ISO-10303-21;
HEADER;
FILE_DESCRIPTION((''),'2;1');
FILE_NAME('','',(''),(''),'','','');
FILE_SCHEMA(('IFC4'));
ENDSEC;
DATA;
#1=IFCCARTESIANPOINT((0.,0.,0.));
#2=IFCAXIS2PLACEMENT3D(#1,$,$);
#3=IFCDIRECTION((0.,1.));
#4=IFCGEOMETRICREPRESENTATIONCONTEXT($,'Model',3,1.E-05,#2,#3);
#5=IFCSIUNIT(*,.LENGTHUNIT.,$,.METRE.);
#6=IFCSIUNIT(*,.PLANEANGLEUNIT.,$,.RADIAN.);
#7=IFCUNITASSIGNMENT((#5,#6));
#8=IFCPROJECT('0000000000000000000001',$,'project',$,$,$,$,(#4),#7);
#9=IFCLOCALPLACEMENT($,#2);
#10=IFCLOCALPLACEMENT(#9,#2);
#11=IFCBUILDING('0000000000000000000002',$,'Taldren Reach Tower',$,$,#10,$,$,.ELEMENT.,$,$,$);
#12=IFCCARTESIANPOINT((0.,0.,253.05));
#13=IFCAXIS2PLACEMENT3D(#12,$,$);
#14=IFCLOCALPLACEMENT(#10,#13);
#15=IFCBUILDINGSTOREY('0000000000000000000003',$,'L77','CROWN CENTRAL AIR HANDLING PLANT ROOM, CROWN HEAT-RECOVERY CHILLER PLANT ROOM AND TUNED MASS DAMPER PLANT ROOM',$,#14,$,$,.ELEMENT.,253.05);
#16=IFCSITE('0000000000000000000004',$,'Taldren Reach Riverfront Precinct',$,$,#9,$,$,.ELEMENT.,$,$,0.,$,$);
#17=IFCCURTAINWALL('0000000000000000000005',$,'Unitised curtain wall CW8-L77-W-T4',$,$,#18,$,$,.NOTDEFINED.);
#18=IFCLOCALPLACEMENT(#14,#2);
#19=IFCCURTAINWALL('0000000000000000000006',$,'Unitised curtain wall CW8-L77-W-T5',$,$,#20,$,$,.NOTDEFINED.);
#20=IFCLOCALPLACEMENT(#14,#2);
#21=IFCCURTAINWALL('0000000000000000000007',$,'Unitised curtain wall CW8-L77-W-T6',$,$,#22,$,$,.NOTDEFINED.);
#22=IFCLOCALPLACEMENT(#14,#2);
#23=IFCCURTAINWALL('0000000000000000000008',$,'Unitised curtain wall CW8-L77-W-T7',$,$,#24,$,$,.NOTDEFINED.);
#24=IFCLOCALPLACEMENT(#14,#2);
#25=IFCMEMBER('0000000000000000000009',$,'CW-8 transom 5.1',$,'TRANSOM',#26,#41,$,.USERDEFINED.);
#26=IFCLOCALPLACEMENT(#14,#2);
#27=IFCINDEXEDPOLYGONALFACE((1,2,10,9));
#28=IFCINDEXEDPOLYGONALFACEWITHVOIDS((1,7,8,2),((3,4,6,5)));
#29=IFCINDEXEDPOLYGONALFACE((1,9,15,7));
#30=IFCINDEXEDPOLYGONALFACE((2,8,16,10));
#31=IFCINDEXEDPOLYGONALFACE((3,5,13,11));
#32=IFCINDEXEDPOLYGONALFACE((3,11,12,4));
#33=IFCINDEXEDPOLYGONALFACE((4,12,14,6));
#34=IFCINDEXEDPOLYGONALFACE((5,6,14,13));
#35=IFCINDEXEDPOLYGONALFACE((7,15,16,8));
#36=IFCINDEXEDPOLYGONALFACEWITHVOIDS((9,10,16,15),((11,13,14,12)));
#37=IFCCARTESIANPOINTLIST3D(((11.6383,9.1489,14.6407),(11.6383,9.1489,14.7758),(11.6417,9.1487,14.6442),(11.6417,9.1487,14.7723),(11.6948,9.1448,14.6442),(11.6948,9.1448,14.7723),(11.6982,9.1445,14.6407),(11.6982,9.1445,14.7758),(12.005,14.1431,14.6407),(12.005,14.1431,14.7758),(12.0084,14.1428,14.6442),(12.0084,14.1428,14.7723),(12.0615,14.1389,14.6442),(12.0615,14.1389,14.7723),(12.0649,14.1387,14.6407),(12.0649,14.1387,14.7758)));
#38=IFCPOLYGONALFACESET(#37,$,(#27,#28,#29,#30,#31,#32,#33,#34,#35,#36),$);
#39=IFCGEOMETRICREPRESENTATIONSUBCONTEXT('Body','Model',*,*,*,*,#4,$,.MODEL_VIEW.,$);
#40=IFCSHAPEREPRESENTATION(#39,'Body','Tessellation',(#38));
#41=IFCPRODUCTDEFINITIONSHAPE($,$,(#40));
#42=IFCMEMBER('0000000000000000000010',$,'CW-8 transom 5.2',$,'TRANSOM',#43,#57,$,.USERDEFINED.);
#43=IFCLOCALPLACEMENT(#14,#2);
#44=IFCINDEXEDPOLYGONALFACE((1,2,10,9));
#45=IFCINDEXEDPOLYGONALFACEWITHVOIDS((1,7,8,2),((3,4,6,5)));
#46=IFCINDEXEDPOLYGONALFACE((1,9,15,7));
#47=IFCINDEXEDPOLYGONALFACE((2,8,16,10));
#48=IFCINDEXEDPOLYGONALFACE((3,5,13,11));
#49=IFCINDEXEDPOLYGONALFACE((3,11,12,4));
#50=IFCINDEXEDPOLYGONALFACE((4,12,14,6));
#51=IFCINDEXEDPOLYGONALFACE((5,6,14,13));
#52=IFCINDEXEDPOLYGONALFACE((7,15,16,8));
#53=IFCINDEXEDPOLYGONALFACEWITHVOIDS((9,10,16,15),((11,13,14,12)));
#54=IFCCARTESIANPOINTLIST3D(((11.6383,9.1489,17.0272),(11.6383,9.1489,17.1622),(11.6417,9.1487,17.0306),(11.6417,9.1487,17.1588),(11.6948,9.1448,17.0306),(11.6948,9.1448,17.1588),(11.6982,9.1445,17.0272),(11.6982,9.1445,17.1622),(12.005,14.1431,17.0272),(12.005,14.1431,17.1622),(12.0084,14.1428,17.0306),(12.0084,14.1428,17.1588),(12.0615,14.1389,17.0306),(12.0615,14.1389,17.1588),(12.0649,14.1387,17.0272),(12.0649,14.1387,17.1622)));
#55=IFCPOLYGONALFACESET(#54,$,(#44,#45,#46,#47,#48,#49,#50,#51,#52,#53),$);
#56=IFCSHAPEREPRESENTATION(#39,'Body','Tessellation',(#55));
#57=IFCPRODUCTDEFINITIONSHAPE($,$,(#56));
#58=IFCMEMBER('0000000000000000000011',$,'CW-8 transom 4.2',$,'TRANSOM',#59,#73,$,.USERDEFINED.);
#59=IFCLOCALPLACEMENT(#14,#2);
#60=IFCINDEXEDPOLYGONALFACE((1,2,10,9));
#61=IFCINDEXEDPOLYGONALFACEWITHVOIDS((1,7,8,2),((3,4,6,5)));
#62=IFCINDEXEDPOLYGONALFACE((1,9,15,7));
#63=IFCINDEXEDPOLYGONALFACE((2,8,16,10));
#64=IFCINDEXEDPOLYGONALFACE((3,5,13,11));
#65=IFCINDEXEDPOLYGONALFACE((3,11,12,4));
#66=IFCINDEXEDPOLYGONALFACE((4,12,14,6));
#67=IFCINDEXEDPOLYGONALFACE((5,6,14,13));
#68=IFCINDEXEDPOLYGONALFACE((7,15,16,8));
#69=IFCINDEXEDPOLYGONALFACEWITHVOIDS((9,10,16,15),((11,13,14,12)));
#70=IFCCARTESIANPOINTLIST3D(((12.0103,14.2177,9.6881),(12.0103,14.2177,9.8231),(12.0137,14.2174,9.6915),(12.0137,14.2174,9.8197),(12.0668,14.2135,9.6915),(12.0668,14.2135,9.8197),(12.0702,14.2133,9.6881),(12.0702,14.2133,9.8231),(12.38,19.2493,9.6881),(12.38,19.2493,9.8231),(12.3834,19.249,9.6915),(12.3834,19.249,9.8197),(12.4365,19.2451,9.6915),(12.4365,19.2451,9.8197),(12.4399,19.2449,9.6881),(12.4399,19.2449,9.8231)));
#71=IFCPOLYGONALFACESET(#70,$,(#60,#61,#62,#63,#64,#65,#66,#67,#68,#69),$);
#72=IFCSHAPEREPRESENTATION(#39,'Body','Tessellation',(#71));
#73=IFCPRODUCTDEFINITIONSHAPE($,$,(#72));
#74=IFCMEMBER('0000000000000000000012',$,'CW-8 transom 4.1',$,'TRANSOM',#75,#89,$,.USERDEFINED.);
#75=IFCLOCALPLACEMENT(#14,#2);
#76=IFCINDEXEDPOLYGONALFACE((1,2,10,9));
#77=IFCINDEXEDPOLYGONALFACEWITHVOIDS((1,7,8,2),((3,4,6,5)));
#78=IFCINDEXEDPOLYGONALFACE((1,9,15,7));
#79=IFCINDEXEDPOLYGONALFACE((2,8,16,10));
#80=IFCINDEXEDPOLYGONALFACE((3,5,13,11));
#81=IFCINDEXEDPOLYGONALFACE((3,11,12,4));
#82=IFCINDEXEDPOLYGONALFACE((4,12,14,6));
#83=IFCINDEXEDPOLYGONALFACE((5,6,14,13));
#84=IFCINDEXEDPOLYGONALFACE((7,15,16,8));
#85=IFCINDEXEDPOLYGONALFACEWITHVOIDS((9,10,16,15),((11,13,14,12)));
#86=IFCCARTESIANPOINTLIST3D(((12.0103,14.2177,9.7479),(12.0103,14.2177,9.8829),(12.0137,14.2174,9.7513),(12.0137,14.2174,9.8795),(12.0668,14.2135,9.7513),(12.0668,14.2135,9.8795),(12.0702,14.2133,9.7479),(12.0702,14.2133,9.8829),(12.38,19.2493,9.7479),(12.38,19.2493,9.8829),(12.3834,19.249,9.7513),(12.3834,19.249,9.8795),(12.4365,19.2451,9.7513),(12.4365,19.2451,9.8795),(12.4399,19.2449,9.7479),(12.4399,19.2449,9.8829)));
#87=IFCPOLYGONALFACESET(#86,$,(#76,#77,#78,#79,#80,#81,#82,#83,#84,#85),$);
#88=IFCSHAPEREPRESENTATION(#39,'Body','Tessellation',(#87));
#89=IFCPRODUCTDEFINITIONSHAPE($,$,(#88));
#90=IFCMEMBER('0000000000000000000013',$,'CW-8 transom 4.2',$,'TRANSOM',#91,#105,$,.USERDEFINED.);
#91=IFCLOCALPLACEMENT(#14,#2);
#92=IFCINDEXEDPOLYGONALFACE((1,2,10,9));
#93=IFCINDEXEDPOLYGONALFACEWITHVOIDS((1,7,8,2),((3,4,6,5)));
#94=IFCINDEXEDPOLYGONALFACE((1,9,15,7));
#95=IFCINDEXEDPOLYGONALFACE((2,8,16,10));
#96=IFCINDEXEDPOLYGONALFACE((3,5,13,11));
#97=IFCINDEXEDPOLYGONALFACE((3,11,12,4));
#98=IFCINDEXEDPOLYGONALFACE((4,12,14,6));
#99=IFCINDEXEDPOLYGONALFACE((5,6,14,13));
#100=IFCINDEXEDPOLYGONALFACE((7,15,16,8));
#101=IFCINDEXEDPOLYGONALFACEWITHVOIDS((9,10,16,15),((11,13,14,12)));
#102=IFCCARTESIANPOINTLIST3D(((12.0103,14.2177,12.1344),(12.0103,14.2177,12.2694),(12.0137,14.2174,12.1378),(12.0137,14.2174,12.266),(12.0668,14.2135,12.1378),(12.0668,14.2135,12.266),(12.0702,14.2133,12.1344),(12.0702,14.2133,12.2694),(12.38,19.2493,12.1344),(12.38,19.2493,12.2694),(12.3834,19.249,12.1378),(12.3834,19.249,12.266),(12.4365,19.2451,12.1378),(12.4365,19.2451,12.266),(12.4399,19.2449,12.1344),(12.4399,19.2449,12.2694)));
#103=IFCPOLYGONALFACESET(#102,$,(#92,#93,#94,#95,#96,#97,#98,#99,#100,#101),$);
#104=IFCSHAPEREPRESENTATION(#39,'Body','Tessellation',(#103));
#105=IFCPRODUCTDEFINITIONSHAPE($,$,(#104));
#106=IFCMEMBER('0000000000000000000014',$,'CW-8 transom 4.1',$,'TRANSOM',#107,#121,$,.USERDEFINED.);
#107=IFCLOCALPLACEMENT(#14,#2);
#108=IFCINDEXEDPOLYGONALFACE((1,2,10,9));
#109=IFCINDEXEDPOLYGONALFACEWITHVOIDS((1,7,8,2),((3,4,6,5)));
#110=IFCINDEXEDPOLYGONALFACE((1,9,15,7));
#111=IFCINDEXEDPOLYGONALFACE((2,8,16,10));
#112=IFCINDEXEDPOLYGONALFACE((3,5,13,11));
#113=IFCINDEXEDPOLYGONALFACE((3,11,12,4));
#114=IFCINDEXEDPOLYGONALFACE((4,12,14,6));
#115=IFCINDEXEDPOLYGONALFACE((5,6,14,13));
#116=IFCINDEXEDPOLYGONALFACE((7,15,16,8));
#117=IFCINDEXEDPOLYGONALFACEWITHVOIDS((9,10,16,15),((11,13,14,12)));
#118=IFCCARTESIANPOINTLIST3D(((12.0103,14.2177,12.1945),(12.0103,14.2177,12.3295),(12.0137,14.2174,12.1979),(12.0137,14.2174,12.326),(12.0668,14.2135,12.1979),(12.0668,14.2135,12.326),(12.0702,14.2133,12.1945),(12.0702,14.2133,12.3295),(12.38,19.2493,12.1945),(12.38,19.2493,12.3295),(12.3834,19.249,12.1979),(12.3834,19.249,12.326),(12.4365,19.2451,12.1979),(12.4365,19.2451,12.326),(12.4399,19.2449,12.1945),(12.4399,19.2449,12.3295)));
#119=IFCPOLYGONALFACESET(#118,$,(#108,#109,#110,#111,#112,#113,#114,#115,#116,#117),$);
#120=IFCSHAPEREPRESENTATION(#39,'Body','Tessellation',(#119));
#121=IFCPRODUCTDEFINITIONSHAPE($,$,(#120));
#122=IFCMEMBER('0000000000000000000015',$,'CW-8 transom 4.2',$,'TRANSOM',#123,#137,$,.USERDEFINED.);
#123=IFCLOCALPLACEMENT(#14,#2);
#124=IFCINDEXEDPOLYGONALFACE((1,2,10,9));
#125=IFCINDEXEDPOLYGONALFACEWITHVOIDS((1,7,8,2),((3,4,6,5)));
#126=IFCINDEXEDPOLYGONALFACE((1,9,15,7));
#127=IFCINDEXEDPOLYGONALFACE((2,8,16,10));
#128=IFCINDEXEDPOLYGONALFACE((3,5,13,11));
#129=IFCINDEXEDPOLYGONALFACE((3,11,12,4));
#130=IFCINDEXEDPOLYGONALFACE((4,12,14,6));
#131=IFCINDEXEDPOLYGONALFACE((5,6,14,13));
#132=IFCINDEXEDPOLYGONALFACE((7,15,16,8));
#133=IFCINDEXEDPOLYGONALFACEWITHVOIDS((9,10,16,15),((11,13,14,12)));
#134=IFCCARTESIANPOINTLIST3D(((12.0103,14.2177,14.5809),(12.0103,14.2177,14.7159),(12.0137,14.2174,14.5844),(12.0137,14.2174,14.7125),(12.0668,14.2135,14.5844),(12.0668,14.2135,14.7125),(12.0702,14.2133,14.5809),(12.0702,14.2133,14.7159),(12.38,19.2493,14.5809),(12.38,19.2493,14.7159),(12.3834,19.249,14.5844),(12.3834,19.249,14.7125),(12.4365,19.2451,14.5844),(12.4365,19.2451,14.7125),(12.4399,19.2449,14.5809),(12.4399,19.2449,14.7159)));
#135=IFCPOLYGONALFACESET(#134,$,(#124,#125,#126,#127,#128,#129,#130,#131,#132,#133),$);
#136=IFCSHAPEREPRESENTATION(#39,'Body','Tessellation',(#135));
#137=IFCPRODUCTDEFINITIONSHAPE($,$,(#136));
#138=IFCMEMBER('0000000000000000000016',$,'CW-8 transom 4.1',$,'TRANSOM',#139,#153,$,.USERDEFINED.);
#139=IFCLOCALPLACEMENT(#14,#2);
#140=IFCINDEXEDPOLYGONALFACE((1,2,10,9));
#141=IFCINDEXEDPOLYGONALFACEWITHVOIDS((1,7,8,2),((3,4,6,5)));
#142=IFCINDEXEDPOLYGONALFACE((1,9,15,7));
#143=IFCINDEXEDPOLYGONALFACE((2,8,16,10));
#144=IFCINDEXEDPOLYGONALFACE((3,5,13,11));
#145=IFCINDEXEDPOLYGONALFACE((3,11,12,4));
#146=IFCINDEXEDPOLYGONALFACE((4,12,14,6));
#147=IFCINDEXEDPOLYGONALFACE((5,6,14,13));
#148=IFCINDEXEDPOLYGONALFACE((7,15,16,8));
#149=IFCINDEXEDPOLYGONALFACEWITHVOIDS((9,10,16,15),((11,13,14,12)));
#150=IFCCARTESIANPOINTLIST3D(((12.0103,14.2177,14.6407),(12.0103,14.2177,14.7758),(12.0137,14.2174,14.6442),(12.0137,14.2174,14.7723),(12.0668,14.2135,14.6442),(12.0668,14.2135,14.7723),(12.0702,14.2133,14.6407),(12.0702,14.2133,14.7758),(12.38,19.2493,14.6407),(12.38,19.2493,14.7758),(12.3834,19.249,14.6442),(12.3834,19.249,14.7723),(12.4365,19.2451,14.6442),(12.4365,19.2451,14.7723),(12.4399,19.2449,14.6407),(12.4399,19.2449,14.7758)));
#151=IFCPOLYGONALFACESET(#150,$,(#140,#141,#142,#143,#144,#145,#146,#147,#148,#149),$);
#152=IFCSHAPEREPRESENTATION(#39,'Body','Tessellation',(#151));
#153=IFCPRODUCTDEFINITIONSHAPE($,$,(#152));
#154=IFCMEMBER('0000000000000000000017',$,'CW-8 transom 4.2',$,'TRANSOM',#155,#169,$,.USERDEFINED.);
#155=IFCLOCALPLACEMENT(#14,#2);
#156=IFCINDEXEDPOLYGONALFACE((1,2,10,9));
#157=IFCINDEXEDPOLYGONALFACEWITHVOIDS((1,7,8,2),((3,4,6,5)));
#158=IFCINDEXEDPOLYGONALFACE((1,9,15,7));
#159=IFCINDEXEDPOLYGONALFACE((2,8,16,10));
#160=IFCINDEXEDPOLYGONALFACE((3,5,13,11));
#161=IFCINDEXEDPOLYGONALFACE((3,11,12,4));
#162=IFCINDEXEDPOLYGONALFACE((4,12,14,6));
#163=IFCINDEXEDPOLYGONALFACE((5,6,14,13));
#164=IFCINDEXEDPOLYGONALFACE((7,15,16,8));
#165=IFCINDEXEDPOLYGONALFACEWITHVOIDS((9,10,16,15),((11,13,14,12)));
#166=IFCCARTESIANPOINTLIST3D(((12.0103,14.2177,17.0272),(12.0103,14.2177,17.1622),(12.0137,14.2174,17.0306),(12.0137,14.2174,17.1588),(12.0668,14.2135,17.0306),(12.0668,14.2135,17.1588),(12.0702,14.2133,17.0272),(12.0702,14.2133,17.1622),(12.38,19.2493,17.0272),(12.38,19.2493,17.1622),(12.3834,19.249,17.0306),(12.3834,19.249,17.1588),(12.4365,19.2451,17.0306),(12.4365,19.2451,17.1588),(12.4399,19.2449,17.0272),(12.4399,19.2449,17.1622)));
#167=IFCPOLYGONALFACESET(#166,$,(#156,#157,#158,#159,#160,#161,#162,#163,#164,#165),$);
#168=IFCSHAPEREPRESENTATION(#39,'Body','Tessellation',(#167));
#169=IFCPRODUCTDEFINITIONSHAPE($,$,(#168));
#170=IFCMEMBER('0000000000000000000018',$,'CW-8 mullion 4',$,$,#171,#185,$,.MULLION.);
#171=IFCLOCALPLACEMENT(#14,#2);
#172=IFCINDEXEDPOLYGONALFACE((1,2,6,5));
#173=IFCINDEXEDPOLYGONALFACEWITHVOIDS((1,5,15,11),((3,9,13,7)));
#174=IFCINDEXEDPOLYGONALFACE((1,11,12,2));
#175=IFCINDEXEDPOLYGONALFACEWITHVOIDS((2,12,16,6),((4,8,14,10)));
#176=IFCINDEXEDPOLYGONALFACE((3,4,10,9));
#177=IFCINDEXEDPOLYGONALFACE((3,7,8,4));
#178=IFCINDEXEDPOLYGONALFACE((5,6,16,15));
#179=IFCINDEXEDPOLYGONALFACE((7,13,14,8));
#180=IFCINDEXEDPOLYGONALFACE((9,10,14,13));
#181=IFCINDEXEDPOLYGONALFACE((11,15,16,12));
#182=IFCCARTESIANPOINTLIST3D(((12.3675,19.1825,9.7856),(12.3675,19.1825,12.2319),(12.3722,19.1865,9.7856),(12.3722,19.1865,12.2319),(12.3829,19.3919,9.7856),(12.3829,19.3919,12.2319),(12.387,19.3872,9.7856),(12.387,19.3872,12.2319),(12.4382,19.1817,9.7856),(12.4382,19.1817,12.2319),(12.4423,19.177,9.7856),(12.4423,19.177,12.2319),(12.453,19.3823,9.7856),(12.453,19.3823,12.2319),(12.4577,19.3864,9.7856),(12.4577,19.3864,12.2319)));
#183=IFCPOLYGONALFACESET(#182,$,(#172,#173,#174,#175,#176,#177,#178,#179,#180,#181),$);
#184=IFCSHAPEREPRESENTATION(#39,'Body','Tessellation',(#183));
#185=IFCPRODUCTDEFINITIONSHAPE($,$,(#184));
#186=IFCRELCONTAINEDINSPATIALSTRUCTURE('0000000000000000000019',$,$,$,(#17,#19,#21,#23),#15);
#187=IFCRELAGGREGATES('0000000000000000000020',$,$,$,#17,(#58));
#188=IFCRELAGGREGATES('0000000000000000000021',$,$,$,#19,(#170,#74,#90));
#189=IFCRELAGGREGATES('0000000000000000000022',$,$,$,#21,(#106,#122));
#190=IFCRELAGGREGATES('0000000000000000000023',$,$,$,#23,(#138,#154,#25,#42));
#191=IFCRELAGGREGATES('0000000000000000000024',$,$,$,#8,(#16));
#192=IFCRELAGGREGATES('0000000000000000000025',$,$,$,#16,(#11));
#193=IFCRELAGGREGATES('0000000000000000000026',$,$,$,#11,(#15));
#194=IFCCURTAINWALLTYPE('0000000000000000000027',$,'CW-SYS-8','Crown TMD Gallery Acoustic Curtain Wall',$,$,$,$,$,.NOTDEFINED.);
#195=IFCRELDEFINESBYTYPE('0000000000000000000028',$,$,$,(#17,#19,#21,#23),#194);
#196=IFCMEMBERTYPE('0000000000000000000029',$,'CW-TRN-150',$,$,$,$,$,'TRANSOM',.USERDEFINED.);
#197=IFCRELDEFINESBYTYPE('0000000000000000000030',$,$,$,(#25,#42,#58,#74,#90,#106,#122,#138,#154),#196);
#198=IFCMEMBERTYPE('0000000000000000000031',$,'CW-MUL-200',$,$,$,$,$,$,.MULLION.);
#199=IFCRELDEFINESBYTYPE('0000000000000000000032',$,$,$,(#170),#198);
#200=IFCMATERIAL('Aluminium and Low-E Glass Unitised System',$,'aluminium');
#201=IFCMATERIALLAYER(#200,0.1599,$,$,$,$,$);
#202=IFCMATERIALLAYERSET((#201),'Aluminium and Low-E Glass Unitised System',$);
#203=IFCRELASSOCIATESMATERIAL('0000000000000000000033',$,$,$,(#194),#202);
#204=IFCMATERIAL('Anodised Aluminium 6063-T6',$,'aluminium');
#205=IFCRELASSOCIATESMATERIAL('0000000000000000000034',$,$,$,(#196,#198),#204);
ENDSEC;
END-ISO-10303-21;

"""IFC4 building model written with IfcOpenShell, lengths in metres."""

from ifc_helpers import new_model, si_unit, direction, frame, origin, origin_2d, place, context, subcontext, project, spatial, hollow_rectangle, extrude, source, transform, mapped, material, layer, layer_set, material_profile, profile_set, type_object, element, aggregate, save


model = new_model("IFC4")

# Units and contexts
model_context = context("Model", 3, precision=1e-05, world=origin(), true_north=direction((0.0, 1.0)))
body_context = subcontext(model_context, "Body", "Model", "MODEL_VIEW")
ifc_project = project(units=[si_unit("LENGTHUNIT", "METRE"), si_unit("PLANEANGLEUNIT", "RADIAN")], contexts=[model_context])

# Site, building, storey
site_placement = place(None, origin())
site = spatial("IfcSite", under=ifc_project, at=site_placement, Name="Taldren Reach Riverfront Precinct", CompositionType="ELEMENT", RefElevation=0.0)
building_placement = place(site_placement, origin())
building = spatial("IfcBuilding", under=site, at=building_placement, Name="Taldren Reach Tower", CompositionType="ELEMENT")
storey_placement = place(building_placement, frame((0.0, 0.0, 253.05)))
storey = spatial("IfcBuildingStorey", under=building, at=storey_placement, Name="L77", Description="CROWN CENTRAL AIR HANDLING PLANT ROOM, CROWN HEAT-RECOVERY CHILLER PLANT ROOM AND TUNED MASS DAMPER PLANT ROOM", CompositionType="ELEMENT", Elevation=253.05)

# Curtain wall
ifc_material_1 = material(Name="Aluminium and Low-E Glass Unitised System", Category="aluminium")
ifc_layer_1 = layer(ifc_material_1, 0.1599)
ifc_layer_set_1 = layer_set([ifc_layer_1], Name="Aluminium and Low-E Glass Unitised System")
curtain_wall_type = type_object("IfcCurtainWallType", Name="CW-SYS-8", Description="Crown TMD Gallery Acoustic Curtain Wall", PredefinedType="NOTDEFINED", material=ifc_layer_set_1)
curtain_wall_1_placement = place(storey_placement, origin())
curtain_wall_1 = element("IfcCurtainWall", 1, at=curtain_wall_1_placement, inside=storey, type_object=curtain_wall_type, Name="Unitised curtain wall CW8-L77-W-T4", PredefinedType="NOTDEFINED")
ifc_material_2 = material(Name="Anodised Aluminium 6063-T6", Category="aluminium")
ifc_material_profile_1 = material_profile(ifc_material_2, hollow_rectangle(XDim=0.0601, YDim=0.135, WallThickness=0.0034, at=origin_2d()), Name="ALU-135x60x3.5RHS")
ifc_profile_set_1 = profile_set([ifc_material_profile_1], Name="Anodised Aluminium 6063-T6")
member_type_1 = type_object("IfcMemberType", Name="CW-TRN-150", ElementType="TRANSOM", PredefinedType="USERDEFINED", material=ifc_profile_set_1)
shared_shape_1 = source(origin(), body_context, "Body", "SweptSolid", [
    extrude(hollow_rectangle(XDim=0.0601, YDim=0.135, WallThickness=0.0034, at=origin_2d()), origin(), (0.0, 0.0, 1.0), 5.0076),
])

# Curtain walls, members
curtain_wall_2_placement = place(storey_placement, origin())
curtain_wall_2 = element("IfcCurtainWall", 2, at=curtain_wall_2_placement, inside=storey, type_object=curtain_wall_type, Name="Unitised curtain wall CW8-L77-W-T5", PredefinedType="NOTDEFINED")
curtain_wall_3_placement = place(storey_placement, origin())
curtain_wall_3 = element("IfcCurtainWall", 3, at=curtain_wall_3_placement, inside=storey, type_object=curtain_wall_type, Name="Unitised curtain wall CW8-L77-W-T6", PredefinedType="NOTDEFINED")
curtain_wall_4_placement = place(storey_placement, origin())
curtain_wall_4 = element("IfcCurtainWall", 4, at=curtain_wall_4_placement, inside=storey, type_object=curtain_wall_type, Name="Unitised curtain wall CW8-L77-W-T7", PredefinedType="NOTDEFINED")
member_1_placement = place(storey_placement, frame((12.0349, 14.1409, 14.7083), z_axis=(-0.073229, -0.997315, 0.0), x_axis=(0.997315, -0.073229, 0.0)))
member_1 = element("IfcMember", 5, at=member_1_placement, type_object=member_type_1, Name="CW-8 transom 5.1", ObjectType="TRANSOM", PredefinedType="USERDEFINED", context=body_context, shape_type="MappedRepresentation", body=[
    mapped(shared_shape_1, transform((0.0, 0.0, 0.0), scale=1.0)),
])
member_2_placement = place(storey_placement, frame((12.0349, 14.1409, 17.0947), z_axis=(-0.073229, -0.997315, 0.0), x_axis=(0.997315, -0.073229, 0.0)))
member_2 = element("IfcMember", 6, at=member_2_placement, type_object=member_type_1, Name="CW-8 transom 5.2", ObjectType="TRANSOM", PredefinedType="USERDEFINED", context=body_context, shape_type="MappedRepresentation", body=[
    mapped(shared_shape_1, transform((0.0, 0.0, 0.0), scale=1.0)),
])

# Members
shared_shape_2 = source(origin(), body_context, "Body", "SweptSolid", [
    extrude(hollow_rectangle(XDim=0.0601, YDim=0.135, WallThickness=0.0034, at=origin_2d()), origin(), (0.0, 0.0, 1.0), 5.0452),
])
member_3_placement = place(storey_placement, frame((12.4099, 19.2471, 9.7556), z_axis=(-0.073266, -0.997312, 0.0), x_axis=(0.997312, -0.073266, 0.0)))
member_3 = element("IfcMember", 7, at=member_3_placement, type_object=member_type_1, Name="CW-8 transom 4.2", ObjectType="TRANSOM", PredefinedType="USERDEFINED", context=body_context, shape_type="MappedRepresentation", body=[
    mapped(shared_shape_2, transform((0.0, 0.0, 0.0), scale=1.0)),
])
member_4_placement = place(storey_placement, frame((12.4099, 19.2471, 9.8154), z_axis=(-0.073266, -0.997312, 0.0), x_axis=(0.997312, -0.073266, 0.0)))
member_4 = element("IfcMember", 8, at=member_4_placement, type_object=member_type_1, Name="CW-8 transom 4.1", ObjectType="TRANSOM", PredefinedType="USERDEFINED", context=body_context, shape_type="MappedRepresentation", body=[
    mapped(shared_shape_2, transform((0.0, 0.0, 0.0), scale=1.0)),
])
member_5_placement = place(storey_placement, frame((12.4099, 19.2471, 12.2019), z_axis=(-0.073266, -0.997312, 0.0), x_axis=(0.997312, -0.073266, 0.0)))
member_5 = element("IfcMember", 9, at=member_5_placement, type_object=member_type_1, Name="CW-8 transom 4.2", ObjectType="TRANSOM", PredefinedType="USERDEFINED", context=body_context, shape_type="MappedRepresentation", body=[
    mapped(shared_shape_2, transform((0.0, 0.0, 0.0), scale=1.0)),
])
member_6_placement = place(storey_placement, frame((12.4099, 19.2471, 12.262), z_axis=(-0.073266, -0.997312, 0.0), x_axis=(0.997312, -0.073266, 0.0)))
member_6 = element("IfcMember", 10, at=member_6_placement, type_object=member_type_1, Name="CW-8 transom 4.1", ObjectType="TRANSOM", PredefinedType="USERDEFINED", context=body_context, shape_type="MappedRepresentation", body=[
    mapped(shared_shape_2, transform((0.0, 0.0, 0.0), scale=1.0)),
])
member_7_placement = place(storey_placement, frame((12.4099, 19.2471, 14.6484), z_axis=(-0.073266, -0.997312, 0.0), x_axis=(0.997312, -0.073266, 0.0)))
member_7 = element("IfcMember", 11, at=member_7_placement, type_object=member_type_1, Name="CW-8 transom 4.2", ObjectType="TRANSOM", PredefinedType="USERDEFINED", context=body_context, shape_type="MappedRepresentation", body=[
    mapped(shared_shape_2, transform((0.0, 0.0, 0.0), scale=1.0)),
])
member_8_placement = place(storey_placement, frame((12.4099, 19.2471, 14.7083), z_axis=(-0.073266, -0.997312, 0.0), x_axis=(0.997312, -0.073266, 0.0)))
member_8 = element("IfcMember", 12, at=member_8_placement, type_object=member_type_1, Name="CW-8 transom 4.1", ObjectType="TRANSOM", PredefinedType="USERDEFINED", context=body_context, shape_type="MappedRepresentation", body=[
    mapped(shared_shape_2, transform((0.0, 0.0, 0.0), scale=1.0)),
])
member_9_placement = place(storey_placement, frame((12.4099, 19.2471, 17.0947), z_axis=(-0.073266, -0.997312, 0.0), x_axis=(0.997312, -0.073266, 0.0)))
member_9 = element("IfcMember", 13, at=member_9_placement, type_object=member_type_1, Name="CW-8 transom 4.2", ObjectType="TRANSOM", PredefinedType="USERDEFINED", context=body_context, shape_type="MappedRepresentation", body=[
    mapped(shared_shape_2, transform((0.0, 0.0, 0.0), scale=1.0)),
])
ifc_material_profile_2 = material_profile(ifc_material_2, hollow_rectangle(XDim=0.075, YDim=0.21, WallThickness=0.0044, at=origin_2d()), Name="ALU-210x75x4.5RHS")
ifc_profile_set_2 = profile_set([ifc_material_profile_2], Name="Anodised Aluminium 6063-T6")
member_type_2 = type_object("IfcMemberType", Name="CW-MUL-200", PredefinedType="MULLION", material=ifc_profile_set_2)
shared_shape_3 = source(origin(), body_context, "Body", "SweptSolid", [
    extrude(hollow_rectangle(XDim=0.075, YDim=0.21, WallThickness=0.0044, at=origin_2d()), origin(), (0.0, 0.0, 1.0), 2.4463),
])
member_10_placement = place(storey_placement, frame((12.4126, 19.2844, 9.7856), z_axis=(0.0, 0.0, 1.0), x_axis=(0.997314, -0.073238, 0.0)))
member_10 = element("IfcMember", 14, at=member_10_placement, type_object=member_type_2, Name="CW-8 mullion 4", PredefinedType="MULLION", context=body_context, shape_type="MappedRepresentation", body=[
    mapped(shared_shape_3, transform((0.0, 0.0, 0.0), scale=1.0)),
])

aggregate(curtain_wall_1, [member_3])
aggregate(curtain_wall_2, [member_10, member_4, member_5])
aggregate(curtain_wall_3, [member_6, member_7])
aggregate(curtain_wall_4, [member_8, member_9, member_1, member_2])

save(model, "model.ifc")
